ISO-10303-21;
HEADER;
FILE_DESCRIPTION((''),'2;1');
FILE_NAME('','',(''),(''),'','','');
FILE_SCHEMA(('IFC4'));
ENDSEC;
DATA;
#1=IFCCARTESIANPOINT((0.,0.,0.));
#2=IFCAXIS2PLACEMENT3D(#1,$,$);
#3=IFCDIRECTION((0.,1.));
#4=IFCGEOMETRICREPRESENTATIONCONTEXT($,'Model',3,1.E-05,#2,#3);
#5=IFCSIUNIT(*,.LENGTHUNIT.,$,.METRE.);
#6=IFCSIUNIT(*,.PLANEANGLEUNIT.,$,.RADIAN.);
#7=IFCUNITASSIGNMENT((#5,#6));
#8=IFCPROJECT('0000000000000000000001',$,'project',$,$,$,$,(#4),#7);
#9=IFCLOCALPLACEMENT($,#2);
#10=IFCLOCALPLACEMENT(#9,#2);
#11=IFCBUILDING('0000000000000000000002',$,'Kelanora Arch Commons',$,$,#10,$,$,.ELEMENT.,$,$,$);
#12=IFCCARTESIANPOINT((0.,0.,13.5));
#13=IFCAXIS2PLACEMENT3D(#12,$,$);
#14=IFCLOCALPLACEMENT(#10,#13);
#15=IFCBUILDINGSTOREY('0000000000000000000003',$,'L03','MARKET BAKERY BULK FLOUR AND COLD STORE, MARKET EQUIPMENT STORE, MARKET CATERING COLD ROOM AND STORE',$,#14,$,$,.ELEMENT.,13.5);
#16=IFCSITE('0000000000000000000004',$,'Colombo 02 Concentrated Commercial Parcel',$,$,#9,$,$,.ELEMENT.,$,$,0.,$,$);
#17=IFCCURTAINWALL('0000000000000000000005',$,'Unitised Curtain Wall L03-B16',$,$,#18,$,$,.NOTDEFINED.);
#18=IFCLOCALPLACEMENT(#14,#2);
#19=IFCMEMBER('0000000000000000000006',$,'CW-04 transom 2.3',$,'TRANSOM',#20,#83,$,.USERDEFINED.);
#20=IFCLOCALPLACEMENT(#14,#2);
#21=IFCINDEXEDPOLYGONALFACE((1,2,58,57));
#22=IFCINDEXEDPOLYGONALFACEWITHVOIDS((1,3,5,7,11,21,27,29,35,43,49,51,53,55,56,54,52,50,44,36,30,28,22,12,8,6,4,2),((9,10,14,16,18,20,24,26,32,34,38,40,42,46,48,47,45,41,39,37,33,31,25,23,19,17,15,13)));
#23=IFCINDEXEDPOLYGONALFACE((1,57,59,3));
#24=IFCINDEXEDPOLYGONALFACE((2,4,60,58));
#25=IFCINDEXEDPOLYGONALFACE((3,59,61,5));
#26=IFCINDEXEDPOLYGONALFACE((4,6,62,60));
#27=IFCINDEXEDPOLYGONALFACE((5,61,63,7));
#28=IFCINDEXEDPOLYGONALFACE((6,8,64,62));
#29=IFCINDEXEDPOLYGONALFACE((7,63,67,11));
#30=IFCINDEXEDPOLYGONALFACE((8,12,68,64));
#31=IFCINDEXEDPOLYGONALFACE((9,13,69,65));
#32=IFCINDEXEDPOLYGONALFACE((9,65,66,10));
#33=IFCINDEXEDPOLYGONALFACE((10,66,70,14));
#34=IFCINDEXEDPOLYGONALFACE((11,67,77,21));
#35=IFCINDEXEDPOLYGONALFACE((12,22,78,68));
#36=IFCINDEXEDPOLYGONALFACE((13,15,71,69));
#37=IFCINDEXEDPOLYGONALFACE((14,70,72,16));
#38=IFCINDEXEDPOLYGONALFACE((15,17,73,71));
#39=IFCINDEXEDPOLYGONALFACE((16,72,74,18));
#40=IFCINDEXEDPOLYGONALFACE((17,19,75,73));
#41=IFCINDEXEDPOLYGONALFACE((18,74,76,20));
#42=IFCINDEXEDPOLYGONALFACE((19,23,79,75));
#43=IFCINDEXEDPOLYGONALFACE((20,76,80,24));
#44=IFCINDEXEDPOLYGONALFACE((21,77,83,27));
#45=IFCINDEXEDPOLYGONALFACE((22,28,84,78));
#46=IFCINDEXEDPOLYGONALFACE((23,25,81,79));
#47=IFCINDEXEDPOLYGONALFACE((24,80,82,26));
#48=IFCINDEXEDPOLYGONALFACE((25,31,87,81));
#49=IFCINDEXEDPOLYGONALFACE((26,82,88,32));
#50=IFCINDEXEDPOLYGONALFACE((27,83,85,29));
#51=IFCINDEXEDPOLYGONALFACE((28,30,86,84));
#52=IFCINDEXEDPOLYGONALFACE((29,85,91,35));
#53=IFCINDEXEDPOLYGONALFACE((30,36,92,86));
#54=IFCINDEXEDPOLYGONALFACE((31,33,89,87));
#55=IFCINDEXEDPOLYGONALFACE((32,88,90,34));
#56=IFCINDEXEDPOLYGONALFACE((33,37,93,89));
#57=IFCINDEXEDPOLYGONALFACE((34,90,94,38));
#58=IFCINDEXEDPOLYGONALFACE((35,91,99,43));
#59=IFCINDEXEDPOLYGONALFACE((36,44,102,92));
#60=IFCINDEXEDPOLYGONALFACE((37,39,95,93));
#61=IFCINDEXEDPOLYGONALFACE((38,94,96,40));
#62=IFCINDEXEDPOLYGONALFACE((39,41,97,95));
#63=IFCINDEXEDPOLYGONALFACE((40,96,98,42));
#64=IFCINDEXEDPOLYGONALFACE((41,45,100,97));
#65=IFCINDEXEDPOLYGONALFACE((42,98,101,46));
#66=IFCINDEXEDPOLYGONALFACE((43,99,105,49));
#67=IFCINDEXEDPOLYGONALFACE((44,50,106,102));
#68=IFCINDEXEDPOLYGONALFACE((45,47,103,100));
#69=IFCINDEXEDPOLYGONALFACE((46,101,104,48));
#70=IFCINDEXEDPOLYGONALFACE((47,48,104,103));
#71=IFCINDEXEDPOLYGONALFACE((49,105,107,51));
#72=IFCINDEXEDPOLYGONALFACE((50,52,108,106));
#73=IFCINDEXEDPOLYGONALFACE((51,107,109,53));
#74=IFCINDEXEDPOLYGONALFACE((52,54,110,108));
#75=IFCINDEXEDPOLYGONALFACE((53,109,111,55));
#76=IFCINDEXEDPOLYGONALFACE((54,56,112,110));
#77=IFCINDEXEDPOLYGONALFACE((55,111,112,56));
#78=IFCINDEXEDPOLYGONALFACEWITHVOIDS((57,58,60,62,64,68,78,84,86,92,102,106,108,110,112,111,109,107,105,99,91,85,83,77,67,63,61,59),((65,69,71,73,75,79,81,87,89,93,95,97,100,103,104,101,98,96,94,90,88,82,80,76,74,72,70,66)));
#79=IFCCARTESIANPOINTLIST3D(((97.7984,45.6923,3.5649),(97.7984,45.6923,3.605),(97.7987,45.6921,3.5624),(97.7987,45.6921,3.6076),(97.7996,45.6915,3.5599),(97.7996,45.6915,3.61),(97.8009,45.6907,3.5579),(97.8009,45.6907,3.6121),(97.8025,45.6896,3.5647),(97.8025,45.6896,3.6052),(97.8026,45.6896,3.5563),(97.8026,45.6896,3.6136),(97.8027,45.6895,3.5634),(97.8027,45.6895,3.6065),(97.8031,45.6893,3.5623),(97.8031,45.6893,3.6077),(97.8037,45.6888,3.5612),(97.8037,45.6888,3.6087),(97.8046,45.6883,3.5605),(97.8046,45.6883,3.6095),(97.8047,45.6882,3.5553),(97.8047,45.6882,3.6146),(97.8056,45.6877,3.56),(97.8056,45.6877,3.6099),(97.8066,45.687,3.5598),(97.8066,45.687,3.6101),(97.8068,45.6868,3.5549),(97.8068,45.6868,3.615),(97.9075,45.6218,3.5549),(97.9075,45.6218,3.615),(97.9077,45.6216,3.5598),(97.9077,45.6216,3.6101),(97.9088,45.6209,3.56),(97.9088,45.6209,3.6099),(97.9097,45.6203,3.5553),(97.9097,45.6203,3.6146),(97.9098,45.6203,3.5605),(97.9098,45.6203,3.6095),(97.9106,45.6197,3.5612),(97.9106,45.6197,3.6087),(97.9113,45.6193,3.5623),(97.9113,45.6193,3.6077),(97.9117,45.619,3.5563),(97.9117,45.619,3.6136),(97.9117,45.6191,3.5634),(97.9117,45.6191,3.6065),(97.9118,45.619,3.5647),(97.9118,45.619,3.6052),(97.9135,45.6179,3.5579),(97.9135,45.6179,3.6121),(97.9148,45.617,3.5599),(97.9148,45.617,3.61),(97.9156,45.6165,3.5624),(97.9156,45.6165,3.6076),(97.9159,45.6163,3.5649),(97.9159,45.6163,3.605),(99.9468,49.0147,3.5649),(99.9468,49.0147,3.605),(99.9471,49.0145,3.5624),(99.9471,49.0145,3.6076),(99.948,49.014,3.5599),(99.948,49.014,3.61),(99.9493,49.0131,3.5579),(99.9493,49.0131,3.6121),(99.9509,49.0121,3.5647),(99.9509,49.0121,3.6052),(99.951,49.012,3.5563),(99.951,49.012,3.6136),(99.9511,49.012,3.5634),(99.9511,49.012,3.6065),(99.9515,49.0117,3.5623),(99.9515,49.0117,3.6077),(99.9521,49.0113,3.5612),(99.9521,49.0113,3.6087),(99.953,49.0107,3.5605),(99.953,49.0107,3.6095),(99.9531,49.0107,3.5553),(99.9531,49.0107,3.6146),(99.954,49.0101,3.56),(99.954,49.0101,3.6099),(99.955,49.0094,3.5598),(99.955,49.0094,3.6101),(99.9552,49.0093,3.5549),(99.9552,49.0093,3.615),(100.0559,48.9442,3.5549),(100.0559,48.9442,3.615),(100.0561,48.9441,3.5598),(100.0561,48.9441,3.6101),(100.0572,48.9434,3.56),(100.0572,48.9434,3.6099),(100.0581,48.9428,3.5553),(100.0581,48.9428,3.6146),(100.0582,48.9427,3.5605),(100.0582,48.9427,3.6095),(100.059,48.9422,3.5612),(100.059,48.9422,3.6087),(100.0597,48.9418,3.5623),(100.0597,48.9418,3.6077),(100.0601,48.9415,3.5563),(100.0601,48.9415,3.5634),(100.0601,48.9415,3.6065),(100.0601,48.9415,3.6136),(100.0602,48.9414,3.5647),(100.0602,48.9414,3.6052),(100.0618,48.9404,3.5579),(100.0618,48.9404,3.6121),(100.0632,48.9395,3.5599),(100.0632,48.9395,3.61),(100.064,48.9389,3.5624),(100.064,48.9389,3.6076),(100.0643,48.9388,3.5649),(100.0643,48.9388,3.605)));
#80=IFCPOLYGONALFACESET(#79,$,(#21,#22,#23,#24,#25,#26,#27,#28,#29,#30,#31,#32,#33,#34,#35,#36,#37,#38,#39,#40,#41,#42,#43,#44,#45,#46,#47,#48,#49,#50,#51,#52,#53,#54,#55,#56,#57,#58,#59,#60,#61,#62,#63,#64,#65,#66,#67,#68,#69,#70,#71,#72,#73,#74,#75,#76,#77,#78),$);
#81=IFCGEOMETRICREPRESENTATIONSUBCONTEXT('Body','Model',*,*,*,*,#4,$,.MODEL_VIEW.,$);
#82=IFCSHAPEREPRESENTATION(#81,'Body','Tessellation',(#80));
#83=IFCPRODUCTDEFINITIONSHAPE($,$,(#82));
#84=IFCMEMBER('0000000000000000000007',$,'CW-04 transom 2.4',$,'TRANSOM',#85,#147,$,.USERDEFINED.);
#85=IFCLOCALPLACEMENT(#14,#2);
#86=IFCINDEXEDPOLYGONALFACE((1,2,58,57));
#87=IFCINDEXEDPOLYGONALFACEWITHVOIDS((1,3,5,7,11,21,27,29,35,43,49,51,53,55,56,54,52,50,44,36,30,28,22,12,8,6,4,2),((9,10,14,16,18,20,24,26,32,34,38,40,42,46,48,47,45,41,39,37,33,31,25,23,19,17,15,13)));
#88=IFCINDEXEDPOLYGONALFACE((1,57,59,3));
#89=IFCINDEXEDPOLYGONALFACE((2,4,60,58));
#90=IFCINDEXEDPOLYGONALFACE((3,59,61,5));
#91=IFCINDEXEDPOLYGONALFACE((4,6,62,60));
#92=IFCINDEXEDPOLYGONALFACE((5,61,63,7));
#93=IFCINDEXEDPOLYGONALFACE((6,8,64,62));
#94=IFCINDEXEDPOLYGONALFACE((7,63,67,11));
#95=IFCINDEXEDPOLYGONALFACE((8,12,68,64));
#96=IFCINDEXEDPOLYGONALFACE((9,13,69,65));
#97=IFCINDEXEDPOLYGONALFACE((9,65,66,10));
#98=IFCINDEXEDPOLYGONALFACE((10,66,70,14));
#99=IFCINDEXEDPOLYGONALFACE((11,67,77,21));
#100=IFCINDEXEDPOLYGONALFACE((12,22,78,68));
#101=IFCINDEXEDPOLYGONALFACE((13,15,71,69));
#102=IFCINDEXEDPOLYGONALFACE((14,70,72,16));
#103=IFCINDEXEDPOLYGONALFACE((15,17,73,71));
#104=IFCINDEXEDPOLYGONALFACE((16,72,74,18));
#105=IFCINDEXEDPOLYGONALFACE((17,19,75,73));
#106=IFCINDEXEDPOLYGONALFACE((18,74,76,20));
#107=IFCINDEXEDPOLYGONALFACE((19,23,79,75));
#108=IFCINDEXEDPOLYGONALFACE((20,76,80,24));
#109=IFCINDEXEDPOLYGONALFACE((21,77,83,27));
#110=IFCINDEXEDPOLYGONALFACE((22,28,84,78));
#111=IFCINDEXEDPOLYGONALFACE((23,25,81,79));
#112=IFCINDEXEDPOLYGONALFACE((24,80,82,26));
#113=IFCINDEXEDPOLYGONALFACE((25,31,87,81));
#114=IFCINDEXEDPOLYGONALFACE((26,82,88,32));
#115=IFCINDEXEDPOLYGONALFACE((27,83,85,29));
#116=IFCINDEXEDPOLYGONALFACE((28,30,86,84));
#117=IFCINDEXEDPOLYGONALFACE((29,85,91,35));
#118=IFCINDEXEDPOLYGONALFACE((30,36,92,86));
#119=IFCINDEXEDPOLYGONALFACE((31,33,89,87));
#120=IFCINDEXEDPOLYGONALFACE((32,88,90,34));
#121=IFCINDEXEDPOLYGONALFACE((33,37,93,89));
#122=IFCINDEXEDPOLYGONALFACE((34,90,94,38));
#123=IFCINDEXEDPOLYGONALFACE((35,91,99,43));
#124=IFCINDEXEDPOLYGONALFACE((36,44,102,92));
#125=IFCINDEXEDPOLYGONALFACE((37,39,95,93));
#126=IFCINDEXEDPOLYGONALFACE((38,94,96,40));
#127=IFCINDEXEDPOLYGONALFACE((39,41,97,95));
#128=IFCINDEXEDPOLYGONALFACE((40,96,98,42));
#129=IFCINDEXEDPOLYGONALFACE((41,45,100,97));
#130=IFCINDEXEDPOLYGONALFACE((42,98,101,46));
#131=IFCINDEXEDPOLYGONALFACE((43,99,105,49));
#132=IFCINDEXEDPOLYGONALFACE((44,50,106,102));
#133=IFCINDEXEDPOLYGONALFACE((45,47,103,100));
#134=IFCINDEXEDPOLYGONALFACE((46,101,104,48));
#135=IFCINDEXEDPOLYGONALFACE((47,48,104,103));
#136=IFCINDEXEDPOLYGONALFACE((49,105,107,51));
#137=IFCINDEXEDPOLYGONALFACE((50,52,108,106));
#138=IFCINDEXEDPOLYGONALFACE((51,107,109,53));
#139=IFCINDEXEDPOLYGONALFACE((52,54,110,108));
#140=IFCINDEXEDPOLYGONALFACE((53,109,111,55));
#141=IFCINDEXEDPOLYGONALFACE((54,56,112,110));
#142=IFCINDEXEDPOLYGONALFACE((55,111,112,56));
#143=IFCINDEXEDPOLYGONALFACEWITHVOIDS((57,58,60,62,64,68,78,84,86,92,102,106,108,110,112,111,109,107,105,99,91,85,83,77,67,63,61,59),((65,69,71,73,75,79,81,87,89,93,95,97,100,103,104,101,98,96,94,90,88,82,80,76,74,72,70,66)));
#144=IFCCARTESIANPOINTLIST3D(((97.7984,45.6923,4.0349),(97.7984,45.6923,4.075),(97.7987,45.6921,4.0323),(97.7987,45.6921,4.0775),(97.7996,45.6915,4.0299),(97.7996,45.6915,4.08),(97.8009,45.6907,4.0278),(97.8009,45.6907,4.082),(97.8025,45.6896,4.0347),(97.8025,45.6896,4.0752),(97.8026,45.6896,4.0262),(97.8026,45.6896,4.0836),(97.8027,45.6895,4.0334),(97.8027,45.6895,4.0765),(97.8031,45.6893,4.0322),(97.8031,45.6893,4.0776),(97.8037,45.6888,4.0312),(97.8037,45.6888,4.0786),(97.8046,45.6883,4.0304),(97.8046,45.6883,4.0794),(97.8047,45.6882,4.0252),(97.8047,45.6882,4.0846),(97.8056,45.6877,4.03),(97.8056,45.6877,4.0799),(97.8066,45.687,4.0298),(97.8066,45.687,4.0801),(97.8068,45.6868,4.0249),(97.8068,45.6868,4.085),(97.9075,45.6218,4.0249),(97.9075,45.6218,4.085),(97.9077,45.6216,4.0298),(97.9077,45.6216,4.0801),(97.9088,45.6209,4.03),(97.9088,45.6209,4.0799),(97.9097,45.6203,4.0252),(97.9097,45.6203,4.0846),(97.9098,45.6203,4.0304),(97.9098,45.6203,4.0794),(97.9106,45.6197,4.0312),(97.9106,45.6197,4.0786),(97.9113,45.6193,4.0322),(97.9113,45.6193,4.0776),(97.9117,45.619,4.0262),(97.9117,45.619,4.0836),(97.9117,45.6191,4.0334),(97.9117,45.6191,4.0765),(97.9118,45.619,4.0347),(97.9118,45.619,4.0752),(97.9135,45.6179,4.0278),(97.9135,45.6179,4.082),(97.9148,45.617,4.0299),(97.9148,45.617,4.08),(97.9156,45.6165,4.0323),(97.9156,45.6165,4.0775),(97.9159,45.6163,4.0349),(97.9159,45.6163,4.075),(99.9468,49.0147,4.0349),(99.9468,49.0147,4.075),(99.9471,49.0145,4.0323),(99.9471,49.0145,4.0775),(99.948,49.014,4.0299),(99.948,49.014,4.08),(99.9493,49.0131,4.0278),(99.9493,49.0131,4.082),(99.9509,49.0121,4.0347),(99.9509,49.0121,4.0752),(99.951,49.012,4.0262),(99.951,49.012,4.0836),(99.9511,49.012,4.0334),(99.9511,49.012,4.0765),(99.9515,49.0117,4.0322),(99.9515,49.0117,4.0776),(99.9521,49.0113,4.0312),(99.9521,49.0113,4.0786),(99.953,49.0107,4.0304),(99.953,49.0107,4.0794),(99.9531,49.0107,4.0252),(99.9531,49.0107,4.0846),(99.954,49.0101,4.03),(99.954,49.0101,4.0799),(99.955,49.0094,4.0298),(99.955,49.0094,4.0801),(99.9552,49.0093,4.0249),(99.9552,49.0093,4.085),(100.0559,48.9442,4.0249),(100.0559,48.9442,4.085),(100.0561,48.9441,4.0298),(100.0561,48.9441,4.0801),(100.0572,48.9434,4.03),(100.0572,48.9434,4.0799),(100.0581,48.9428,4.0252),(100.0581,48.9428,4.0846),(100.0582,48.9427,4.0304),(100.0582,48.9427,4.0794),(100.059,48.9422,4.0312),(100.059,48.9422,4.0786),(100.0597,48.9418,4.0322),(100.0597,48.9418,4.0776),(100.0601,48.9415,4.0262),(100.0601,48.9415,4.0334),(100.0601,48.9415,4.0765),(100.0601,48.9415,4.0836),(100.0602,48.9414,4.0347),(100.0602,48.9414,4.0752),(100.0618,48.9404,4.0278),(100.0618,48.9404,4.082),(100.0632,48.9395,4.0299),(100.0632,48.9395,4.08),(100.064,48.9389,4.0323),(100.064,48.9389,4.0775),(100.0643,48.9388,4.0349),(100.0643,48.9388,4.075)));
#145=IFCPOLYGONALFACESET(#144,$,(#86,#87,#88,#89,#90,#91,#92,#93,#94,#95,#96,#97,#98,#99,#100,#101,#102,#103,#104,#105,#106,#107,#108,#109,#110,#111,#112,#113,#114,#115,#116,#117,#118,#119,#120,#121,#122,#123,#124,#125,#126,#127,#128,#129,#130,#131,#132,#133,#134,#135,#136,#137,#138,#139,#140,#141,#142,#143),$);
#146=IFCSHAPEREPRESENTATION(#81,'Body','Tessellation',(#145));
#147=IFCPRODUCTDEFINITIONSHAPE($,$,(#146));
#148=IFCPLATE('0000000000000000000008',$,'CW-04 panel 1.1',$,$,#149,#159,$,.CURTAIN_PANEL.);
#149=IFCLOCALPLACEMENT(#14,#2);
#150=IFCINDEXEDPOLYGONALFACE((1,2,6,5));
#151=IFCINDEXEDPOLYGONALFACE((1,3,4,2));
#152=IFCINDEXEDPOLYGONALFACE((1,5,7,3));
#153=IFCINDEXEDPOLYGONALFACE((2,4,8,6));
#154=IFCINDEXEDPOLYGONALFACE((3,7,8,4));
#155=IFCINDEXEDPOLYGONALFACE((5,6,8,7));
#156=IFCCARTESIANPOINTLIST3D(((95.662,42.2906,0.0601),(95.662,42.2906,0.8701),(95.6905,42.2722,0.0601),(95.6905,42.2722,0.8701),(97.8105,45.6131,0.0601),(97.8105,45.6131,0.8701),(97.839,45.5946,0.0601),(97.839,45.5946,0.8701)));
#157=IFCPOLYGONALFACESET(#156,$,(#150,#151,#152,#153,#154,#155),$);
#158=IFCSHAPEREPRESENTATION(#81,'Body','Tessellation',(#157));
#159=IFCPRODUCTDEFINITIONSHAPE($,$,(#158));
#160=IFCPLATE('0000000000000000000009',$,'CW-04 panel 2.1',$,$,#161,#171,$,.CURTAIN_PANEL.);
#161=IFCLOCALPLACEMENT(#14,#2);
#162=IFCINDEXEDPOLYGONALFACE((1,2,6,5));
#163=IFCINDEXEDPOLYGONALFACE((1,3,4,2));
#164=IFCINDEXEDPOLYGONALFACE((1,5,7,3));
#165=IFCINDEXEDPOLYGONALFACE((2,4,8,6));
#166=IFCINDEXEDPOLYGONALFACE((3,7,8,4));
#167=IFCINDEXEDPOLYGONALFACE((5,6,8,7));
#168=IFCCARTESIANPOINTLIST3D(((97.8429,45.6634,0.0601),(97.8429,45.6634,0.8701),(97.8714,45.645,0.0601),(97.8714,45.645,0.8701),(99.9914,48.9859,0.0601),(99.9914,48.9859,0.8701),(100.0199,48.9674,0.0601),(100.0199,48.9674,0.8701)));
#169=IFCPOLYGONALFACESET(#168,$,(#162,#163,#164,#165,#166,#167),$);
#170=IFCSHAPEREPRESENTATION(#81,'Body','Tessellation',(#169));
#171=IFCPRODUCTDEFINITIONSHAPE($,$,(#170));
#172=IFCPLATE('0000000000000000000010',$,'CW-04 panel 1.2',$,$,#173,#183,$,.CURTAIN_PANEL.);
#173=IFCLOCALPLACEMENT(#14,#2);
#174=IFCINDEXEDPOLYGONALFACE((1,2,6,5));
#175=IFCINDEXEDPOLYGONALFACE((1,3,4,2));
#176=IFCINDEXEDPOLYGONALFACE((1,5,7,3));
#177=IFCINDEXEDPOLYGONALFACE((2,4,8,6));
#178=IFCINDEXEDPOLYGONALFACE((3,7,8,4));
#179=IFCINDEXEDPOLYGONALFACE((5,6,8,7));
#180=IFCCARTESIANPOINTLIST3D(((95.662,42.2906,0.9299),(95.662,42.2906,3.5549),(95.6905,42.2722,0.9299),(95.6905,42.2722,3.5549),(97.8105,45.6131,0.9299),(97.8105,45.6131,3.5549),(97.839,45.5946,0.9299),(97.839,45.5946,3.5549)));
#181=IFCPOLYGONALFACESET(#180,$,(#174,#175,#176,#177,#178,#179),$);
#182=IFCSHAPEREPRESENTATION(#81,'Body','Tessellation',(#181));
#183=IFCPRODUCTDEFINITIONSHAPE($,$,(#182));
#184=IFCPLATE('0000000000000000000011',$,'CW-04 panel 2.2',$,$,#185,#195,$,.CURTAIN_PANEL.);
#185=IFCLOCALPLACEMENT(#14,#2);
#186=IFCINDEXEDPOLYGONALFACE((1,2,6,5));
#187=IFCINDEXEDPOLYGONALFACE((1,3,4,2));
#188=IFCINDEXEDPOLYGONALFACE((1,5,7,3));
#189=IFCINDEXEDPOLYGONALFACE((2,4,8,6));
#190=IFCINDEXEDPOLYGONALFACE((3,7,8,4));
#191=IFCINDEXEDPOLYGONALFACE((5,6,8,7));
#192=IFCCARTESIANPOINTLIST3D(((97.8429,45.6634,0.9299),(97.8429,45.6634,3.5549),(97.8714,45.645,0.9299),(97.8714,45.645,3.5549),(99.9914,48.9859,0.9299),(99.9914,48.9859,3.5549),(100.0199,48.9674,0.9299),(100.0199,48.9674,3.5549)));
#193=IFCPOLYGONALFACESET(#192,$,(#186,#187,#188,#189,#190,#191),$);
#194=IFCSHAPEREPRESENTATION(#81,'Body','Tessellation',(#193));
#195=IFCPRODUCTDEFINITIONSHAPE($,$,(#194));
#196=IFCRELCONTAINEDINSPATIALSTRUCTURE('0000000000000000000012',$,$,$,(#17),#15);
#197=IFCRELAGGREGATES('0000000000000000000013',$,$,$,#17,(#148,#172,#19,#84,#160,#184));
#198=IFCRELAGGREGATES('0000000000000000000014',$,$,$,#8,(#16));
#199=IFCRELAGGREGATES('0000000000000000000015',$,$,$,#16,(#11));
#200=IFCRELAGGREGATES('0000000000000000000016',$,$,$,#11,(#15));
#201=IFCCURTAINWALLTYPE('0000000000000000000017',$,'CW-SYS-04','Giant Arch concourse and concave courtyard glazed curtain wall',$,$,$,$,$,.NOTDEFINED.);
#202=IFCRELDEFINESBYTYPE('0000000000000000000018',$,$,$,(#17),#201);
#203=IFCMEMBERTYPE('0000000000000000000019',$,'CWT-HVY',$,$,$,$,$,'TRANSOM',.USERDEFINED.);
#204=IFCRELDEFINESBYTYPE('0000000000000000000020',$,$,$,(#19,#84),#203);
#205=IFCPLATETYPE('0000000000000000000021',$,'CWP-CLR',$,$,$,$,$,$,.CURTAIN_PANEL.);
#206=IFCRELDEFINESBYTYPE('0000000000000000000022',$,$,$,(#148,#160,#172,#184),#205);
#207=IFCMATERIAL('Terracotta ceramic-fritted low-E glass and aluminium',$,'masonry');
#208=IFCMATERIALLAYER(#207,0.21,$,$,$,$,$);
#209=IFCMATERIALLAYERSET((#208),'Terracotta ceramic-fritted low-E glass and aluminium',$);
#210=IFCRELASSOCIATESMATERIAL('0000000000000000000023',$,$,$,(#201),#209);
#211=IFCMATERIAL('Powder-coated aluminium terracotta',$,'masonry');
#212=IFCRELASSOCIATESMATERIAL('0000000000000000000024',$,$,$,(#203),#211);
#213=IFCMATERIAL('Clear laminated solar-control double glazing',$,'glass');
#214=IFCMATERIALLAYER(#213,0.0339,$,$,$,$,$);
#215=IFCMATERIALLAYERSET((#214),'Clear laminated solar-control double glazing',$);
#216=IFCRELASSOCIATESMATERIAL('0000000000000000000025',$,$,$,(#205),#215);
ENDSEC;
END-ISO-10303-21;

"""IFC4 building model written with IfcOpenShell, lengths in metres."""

from ifc_helpers import new_model, si_unit, direction, frame, origin, origin_2d, place, context, subcontext, project, spatial, rectangle, hollow_rectangle, extrude, source, transform, mapped, material, layer, layer_set, material_profile, profile_set, type_object, element, aggregate, save


model = new_model("IFC4")

# Units and contexts
model_context = context("Model", 3, precision=1e-05, world=origin(), true_north=direction((0.0, 1.0)))
body_context = subcontext(model_context, "Body", "Model", "MODEL_VIEW")
ifc_project = project(units=[si_unit("LENGTHUNIT", "METRE"), si_unit("PLANEANGLEUNIT", "RADIAN")], contexts=[model_context])

# Site, building, storey
site_placement = place(None, origin())
site = spatial("IfcSite", under=ifc_project, at=site_placement, Name="Colombo 02 Concentrated Commercial Parcel", CompositionType="ELEMENT", RefElevation=0.0)
building_placement = place(site_placement, origin())
building = spatial("IfcBuilding", under=site, at=building_placement, Name="Kelanora Arch Commons", CompositionType="ELEMENT")
storey_placement = place(building_placement, frame((0.0, 0.0, 13.5)))
storey = spatial("IfcBuildingStorey", under=building, at=storey_placement, Name="L03", Description="MARKET BAKERY BULK FLOUR AND COLD STORE, MARKET EQUIPMENT STORE, MARKET CATERING COLD ROOM AND STORE", CompositionType="ELEMENT", Elevation=13.5)

# Curtain wall, members, plates
ifc_material_1 = material(Name="Terracotta ceramic-fritted low-E glass and aluminium", Category="masonry")
ifc_layer_1 = layer(ifc_material_1, 0.21)
ifc_layer_set_1 = layer_set([ifc_layer_1], Name="Terracotta ceramic-fritted low-E glass and aluminium")
curtain_wall_type = type_object("IfcCurtainWallType", Name="CW-SYS-04", Description="Giant Arch concourse and concave courtyard glazed curtain wall", PredefinedType="NOTDEFINED", material=ifc_layer_set_1)
curtain_wall_placement = place(storey_placement, origin())
curtain_wall = element("IfcCurtainWall", 1, at=curtain_wall_placement, inside=storey, type_object=curtain_wall_type, Name="Unitised Curtain Wall L03-B16", PredefinedType="NOTDEFINED")
ifc_material_2 = material(Name="Powder-coated aluminium terracotta", Category="masonry")
ifc_material_profile_1 = material_profile(ifc_material_2, hollow_rectangle(XDim=0.1399, YDim=0.0601, WallThickness=0.0049, InnerFilletRadius=0.0049, OuterFilletRadius=0.01, at=origin_2d()), Name="CWT140x60")
ifc_profile_set_1 = profile_set([ifc_material_profile_1], Name="Powder-coated aluminium terracotta")
member_type_1 = type_object("IfcMemberType", Name="CWT-HVY", ElementType="TRANSOM", PredefinedType="USERDEFINED", material=ifc_profile_set_1)
member_1_placement = place(storey_placement, frame((97.8572, 45.6543, 3.585), z_axis=(0.542998, 0.839734, 0.0), x_axis=(-0.839734, 0.542998, 0.0)))
member_1 = element("IfcMember", 2, at=member_1_placement, type_object=member_type_1, Name="CW-04 transom 2.3", ObjectType="TRANSOM", PredefinedType="USERDEFINED", context=body_context, shape_type="SweptSolid", body=[
    extrude(hollow_rectangle(XDim=0.1399, YDim=0.0601, WallThickness=0.0049, InnerFilletRadius=0.0049, OuterFilletRadius=0.01, at=origin_2d()), origin(), (0.0, 0.0, 1.0), 3.9565),
])
member_2_placement = place(storey_placement, frame((97.8572, 45.6543, 4.0549), z_axis=(0.542998, 0.839734, 0.0), x_axis=(-0.839734, 0.542998, 0.0)))
member_2 = element("IfcMember", 3, at=member_2_placement, type_object=member_type_1, Name="CW-04 transom 2.4", ObjectType="TRANSOM", PredefinedType="USERDEFINED", context=body_context, shape_type="SweptSolid", body=[
    extrude(hollow_rectangle(XDim=0.1399, YDim=0.0601, WallThickness=0.0049, InnerFilletRadius=0.0049, OuterFilletRadius=0.01, at=origin_2d()), origin(), (0.0, 0.0, 1.0), 3.9565),
])
ifc_material_3 = material(Name="Clear laminated solar-control double glazing", Category="glass")
ifc_layer_2 = layer(ifc_material_3, 0.0339)
ifc_layer_set_2 = layer_set([ifc_layer_2], Name="Clear laminated solar-control double glazing")
plate_type = type_object("IfcPlateType", Name="CWP-CLR", PredefinedType="CURTAIN_PANEL", material=ifc_layer_set_2)
shared_shape_1 = source(origin(), body_context, "Body", "SweptSolid", [
    extrude(rectangle(XDim=3.9565, YDim=0.0339, at=origin_2d()), origin(), (0.0, 0.0, 1.0), 0.8101),
])
plate_1_placement = place(storey_placement, frame((96.7505, 43.9426, 0.0601), z_axis=(0.0, 0.0, 1.0), x_axis=(0.543006, 0.839729, 0.0)))
plate_1 = element("IfcPlate", 4, at=plate_1_placement, type_object=plate_type, Name="CW-04 panel 1.1", PredefinedType="CURTAIN_PANEL", context=body_context, shape_type="MappedRepresentation", body=[
    mapped(shared_shape_1, transform((0.0, 0.0, 0.0), scale=1.0)),
])
plate_2_placement = place(storey_placement, frame((98.9314, 47.3154, 0.0601), z_axis=(0.0, 0.0, 1.0), x_axis=(0.543006, 0.839729, 0.0)))
plate_2 = element("IfcPlate", 5, at=plate_2_placement, type_object=plate_type, Name="CW-04 panel 2.1", PredefinedType="CURTAIN_PANEL", context=body_context, shape_type="MappedRepresentation", body=[
    mapped(shared_shape_1, transform((0.0, 0.0, 0.0), scale=1.0)),
])
shared_shape_2 = source(origin(), body_context, "Body", "SweptSolid", [
    extrude(rectangle(XDim=3.9565, YDim=0.0339, at=origin_2d()), origin(), (0.0, 0.0, 1.0), 2.625),
])
plate_3_placement = place(storey_placement, frame((96.7505, 43.9426, 0.9299), z_axis=(0.0, 0.0, 1.0), x_axis=(0.543006, 0.839729, 0.0)))
plate_3 = element("IfcPlate", 6, at=plate_3_placement, type_object=plate_type, Name="CW-04 panel 1.2", PredefinedType="CURTAIN_PANEL", context=body_context, shape_type="MappedRepresentation", body=[
    mapped(shared_shape_2, transform((0.0, 0.0, 0.0), scale=1.0)),
])
plate_4_placement = place(storey_placement, frame((98.9314, 47.3154, 0.9299), z_axis=(0.0, 0.0, 1.0), x_axis=(0.543006, 0.839729, 0.0)))
plate_4 = element("IfcPlate", 7, at=plate_4_placement, type_object=plate_type, Name="CW-04 panel 2.2", PredefinedType="CURTAIN_PANEL", context=body_context, shape_type="MappedRepresentation", body=[
    mapped(shared_shape_2, transform((0.0, 0.0, 0.0), scale=1.0)),
])
aggregate(curtain_wall, [plate_1, plate_3, member_1, member_2, plate_2, plate_4])

save(model, "model.ifc")
